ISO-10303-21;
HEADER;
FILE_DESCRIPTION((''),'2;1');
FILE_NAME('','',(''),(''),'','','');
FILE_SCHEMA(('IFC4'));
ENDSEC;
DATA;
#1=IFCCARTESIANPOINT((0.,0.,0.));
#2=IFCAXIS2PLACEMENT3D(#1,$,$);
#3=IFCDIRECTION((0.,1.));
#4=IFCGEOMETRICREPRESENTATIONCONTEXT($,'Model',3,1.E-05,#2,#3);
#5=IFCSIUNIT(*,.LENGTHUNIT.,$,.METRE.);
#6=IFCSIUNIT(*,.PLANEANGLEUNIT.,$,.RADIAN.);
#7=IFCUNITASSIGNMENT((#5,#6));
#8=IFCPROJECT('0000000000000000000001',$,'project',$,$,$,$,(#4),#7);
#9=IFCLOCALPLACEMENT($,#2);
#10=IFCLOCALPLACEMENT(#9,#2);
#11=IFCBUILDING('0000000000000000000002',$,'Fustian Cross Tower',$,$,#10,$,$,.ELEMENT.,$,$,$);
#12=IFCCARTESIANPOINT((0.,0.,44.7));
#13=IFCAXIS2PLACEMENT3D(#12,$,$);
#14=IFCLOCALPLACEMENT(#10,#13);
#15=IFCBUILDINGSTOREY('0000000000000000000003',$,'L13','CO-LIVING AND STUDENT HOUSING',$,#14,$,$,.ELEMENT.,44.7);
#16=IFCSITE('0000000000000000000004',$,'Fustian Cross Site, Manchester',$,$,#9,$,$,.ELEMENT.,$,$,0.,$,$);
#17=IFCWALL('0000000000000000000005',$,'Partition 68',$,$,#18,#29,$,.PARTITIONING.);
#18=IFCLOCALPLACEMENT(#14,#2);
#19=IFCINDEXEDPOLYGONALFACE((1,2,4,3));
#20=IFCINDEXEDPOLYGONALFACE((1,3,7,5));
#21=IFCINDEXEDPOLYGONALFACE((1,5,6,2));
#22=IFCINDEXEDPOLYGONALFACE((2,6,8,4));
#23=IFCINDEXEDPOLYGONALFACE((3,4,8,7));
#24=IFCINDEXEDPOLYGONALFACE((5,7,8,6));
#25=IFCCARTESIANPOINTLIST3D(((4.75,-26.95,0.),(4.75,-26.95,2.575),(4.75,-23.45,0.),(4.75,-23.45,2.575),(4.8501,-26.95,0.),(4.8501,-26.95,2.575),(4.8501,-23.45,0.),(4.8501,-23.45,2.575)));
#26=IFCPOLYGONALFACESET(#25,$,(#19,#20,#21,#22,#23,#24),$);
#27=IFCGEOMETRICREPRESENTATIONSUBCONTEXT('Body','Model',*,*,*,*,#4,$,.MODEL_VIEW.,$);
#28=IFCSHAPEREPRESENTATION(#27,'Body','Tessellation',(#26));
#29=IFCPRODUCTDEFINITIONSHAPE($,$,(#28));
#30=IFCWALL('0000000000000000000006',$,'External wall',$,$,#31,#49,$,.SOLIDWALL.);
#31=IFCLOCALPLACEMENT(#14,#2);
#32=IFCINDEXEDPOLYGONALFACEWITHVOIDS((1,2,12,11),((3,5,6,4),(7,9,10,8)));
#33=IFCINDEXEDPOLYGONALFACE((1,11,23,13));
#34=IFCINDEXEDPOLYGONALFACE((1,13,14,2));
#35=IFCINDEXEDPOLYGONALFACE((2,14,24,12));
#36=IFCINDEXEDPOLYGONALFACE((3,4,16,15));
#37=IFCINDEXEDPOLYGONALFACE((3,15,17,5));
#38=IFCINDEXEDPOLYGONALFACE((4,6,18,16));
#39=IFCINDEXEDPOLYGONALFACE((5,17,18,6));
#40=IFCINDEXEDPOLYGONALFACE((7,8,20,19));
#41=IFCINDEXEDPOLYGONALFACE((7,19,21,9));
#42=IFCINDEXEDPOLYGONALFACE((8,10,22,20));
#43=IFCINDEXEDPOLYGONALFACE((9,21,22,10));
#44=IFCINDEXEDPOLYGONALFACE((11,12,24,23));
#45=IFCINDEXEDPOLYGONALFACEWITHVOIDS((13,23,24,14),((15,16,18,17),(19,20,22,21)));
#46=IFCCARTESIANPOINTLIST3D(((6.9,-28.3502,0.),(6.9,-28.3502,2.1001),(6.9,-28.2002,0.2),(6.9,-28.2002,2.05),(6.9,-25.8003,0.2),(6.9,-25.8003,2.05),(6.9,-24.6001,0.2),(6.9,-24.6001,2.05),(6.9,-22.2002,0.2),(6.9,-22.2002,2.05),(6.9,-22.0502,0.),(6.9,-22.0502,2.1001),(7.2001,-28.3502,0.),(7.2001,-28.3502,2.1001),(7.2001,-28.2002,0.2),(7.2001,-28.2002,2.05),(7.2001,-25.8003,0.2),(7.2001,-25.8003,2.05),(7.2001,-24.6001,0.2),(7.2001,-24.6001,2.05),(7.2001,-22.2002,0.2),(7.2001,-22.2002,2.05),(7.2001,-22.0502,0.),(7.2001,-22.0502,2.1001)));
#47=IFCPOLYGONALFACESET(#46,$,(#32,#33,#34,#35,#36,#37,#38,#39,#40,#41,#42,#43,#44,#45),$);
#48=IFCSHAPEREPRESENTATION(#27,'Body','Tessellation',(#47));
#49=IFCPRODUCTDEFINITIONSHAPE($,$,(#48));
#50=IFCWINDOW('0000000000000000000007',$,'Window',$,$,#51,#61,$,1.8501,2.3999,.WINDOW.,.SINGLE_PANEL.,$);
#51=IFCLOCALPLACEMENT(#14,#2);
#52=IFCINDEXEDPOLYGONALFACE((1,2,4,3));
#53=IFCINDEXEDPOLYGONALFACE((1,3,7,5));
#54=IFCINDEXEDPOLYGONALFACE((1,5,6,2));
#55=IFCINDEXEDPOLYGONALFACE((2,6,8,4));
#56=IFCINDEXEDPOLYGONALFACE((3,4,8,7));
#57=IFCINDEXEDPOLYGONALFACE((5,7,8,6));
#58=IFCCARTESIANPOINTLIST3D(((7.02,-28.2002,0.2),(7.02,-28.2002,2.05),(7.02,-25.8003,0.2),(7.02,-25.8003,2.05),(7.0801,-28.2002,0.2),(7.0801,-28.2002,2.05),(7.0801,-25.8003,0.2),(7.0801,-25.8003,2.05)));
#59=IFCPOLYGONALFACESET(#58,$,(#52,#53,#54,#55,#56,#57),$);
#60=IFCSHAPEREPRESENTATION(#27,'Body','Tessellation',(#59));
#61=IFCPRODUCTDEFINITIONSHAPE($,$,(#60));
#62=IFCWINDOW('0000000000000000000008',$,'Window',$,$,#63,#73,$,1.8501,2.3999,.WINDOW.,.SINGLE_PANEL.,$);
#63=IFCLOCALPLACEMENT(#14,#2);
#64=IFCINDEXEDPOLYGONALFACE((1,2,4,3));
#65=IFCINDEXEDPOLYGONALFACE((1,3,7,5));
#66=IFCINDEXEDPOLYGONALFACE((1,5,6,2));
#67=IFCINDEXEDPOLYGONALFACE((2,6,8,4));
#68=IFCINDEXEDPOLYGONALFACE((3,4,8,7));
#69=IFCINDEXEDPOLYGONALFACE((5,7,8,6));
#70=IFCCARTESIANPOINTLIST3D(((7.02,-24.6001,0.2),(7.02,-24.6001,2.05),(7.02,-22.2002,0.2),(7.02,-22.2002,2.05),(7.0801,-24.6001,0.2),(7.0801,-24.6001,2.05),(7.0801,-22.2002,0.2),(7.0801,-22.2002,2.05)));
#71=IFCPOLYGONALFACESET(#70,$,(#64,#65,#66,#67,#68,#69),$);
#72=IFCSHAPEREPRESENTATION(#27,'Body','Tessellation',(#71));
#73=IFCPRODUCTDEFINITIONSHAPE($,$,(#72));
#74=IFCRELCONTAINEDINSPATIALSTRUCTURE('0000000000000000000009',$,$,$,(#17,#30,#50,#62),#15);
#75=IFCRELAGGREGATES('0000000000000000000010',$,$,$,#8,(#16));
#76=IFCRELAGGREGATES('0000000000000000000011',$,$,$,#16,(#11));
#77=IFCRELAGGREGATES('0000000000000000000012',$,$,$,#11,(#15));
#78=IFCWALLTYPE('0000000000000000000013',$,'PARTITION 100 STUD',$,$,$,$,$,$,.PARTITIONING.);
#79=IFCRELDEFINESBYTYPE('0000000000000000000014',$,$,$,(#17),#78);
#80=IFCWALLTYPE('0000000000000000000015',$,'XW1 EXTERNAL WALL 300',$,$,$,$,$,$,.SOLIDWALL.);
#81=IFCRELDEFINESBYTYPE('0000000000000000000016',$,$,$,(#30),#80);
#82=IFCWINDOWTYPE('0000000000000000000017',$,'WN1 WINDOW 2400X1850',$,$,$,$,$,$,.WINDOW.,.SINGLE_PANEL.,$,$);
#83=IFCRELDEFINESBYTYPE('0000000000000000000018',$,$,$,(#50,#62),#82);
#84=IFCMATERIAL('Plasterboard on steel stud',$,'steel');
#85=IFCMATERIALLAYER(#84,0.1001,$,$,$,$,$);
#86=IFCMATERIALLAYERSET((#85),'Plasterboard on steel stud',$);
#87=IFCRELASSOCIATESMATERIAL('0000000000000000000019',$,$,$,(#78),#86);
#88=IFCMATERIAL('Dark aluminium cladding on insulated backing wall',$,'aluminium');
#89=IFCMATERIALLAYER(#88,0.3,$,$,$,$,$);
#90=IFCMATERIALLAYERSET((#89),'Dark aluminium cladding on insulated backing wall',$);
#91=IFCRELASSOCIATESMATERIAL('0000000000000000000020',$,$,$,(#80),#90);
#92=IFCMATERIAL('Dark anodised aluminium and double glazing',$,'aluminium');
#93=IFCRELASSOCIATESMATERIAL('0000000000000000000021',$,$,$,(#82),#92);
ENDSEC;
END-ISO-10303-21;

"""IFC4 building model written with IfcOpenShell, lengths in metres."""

from ifc_helpers import new_model, si_unit, direction, frame, frame_2d, origin, place, context, subcontext, project, spatial, rectangle, extrude, material, layer, layer_set, type_object, element, fill, save


model = new_model("IFC4")

# Units and contexts
model_context = context("Model", 3, precision=1e-05, world=origin(), true_north=direction((0.0, 1.0)))
body_context = subcontext(model_context, "Body", "Model", "MODEL_VIEW")
ifc_project = project(units=[si_unit("LENGTHUNIT", "METRE"), si_unit("PLANEANGLEUNIT", "RADIAN")], contexts=[model_context])

# Site, building, storey
site_placement = place(None, origin())
site = spatial("IfcSite", under=ifc_project, at=site_placement, Name="Fustian Cross Site, Manchester", CompositionType="ELEMENT", RefElevation=0.0)
building_placement = place(site_placement, origin())
building = spatial("IfcBuilding", under=site, at=building_placement, Name="Fustian Cross Tower", CompositionType="ELEMENT")
storey_placement = place(building_placement, frame((0.0, 0.0, 44.7)))
storey = spatial("IfcBuildingStorey", under=building, at=storey_placement, Name="L13", Description="CO-LIVING AND STUDENT HOUSING", CompositionType="ELEMENT", Elevation=44.7)

# Shared definitions
ifc_material_1 = material(Name="Plasterboard on steel stud", Category="steel")
ifc_layer_1 = layer(ifc_material_1, 0.1001)
ifc_layer_set_1 = layer_set([ifc_layer_1], Name="Plasterboard on steel stud")
wall_type_1 = type_object("IfcWallType", Name="PARTITION 100 STUD", PredefinedType="PARTITIONING", material=ifc_layer_set_1)

# Wall
wall_1_placement = place(storey_placement, frame((4.8, -26.95, 0.0), z_axis=(0.0, 0.0, 1.0), x_axis=(0.0, 1.0, 0.0)))
element("IfcWall", 1, at=wall_1_placement, inside=storey, type_object=wall_type_1, Name="Partition 68", PredefinedType="PARTITIONING", context=body_context, shape_type="SweptSolid", body=[
    extrude(rectangle(XDim=3.5, YDim=0.1001, at=frame_2d((1.75, 0.0))), origin(), (0.0, 0.0, 1.0), 2.575),
])

# Wall, openings, windows
ifc_material_2 = material(Name="Dark aluminium cladding on insulated backing wall", Category="aluminium")
ifc_layer_2 = layer(ifc_material_2, 0.3)
ifc_layer_set_2 = layer_set([ifc_layer_2], Name="Dark aluminium cladding on insulated backing wall")
wall_type_2 = type_object("IfcWallType", Name="XW1 EXTERNAL WALL 300", PredefinedType="SOLIDWALL", material=ifc_layer_set_2)
wall_2_placement = place(storey_placement, frame((7.05, -28.3501, 0.0), z_axis=(0.0, 0.0, 1.0), x_axis=(0.0, 1.0, 0.0)))
wall_2 = element("IfcWall", 2, at=wall_2_placement, inside=storey, type_object=wall_type_2, Name="External wall", PredefinedType="SOLIDWALL", context=body_context, shape_type="SweptSolid", body=[
    extrude(rectangle(XDim=6.3, YDim=0.3, at=frame_2d((3.1499, 0.0))), origin(), (0.0, 0.0, 1.0), 2.1001),
])
opening_1_placement = place(wall_2_placement, frame((0.1499, 0.0, 0.2)))
opening_1 = element("IfcOpeningElement", 3, at=opening_1_placement, cuts=wall_2, PredefinedType="OPENING", context=body_context, shape_type="SweptSolid", body=[
    extrude(rectangle(XDim=2.3999, YDim=1.8501, at=frame_2d((1.2, 0.925))), frame((0.0, 0.1599, 0.0), z_axis=(0.0, -1.0, 0.0), x_axis=(1.0, 0.0, 0.0)), (0.0, 0.0, 1.0), 0.3201),
])
opening_2_placement = place(wall_2_placement, frame((3.75, 0.0, 0.2)))
opening_2 = element("IfcOpeningElement", 4, at=opening_2_placement, cuts=wall_2, PredefinedType="OPENING", context=body_context, shape_type="SweptSolid", body=[
    extrude(rectangle(XDim=2.3999, YDim=1.8501, at=frame_2d((1.2, 0.925))), frame((0.0, 0.1599, 0.0), z_axis=(0.0, -1.0, 0.0), x_axis=(1.0, 0.0, 0.0)), (0.0, 0.0, 1.0), 0.3201),
])
ifc_material_3 = material(Name="Dark anodised aluminium and double glazing", Category="aluminium")
window_type = type_object("IfcWindowType", Name="WN1 WINDOW 2400X1850", PartitioningType="SINGLE_PANEL", PredefinedType="WINDOW", material=ifc_material_3)
window_1_placement = place(opening_1_placement, origin())
window_1 = element("IfcWindow", 5, at=window_1_placement, inside=storey, type_object=window_type, Name="Window", OverallHeight=1.8501, OverallWidth=2.3999, PartitioningType="SINGLE_PANEL", PredefinedType="WINDOW", context=body_context, shape_type="SweptSolid", body=[
    extrude(rectangle(XDim=2.3999, YDim=1.8501, at=frame_2d((1.2, 0.925))), frame((0.0, 0.03, 0.0), z_axis=(0.0, -1.0, 0.0), x_axis=(1.0, 0.0, 0.0)), (0.0, 0.0, 1.0), 0.0601),
])
fill(opening_1, window_1)
window_2_placement = place(opening_2_placement, origin())
window_2 = element("IfcWindow", 6, at=window_2_placement, inside=storey, type_object=window_type, Name="Window", OverallHeight=1.8501, OverallWidth=2.3999, PartitioningType="SINGLE_PANEL", PredefinedType="WINDOW", context=body_context, shape_type="SweptSolid", body=[
    extrude(rectangle(XDim=2.3999, YDim=1.8501, at=frame_2d((1.2, 0.925))), frame((0.0, 0.03, 0.0), z_axis=(0.0, -1.0, 0.0), x_axis=(1.0, 0.0, 0.0)), (0.0, 0.0, 1.0), 0.0601),
])
fill(opening_2, window_2)

save(model, "model.ifc")
